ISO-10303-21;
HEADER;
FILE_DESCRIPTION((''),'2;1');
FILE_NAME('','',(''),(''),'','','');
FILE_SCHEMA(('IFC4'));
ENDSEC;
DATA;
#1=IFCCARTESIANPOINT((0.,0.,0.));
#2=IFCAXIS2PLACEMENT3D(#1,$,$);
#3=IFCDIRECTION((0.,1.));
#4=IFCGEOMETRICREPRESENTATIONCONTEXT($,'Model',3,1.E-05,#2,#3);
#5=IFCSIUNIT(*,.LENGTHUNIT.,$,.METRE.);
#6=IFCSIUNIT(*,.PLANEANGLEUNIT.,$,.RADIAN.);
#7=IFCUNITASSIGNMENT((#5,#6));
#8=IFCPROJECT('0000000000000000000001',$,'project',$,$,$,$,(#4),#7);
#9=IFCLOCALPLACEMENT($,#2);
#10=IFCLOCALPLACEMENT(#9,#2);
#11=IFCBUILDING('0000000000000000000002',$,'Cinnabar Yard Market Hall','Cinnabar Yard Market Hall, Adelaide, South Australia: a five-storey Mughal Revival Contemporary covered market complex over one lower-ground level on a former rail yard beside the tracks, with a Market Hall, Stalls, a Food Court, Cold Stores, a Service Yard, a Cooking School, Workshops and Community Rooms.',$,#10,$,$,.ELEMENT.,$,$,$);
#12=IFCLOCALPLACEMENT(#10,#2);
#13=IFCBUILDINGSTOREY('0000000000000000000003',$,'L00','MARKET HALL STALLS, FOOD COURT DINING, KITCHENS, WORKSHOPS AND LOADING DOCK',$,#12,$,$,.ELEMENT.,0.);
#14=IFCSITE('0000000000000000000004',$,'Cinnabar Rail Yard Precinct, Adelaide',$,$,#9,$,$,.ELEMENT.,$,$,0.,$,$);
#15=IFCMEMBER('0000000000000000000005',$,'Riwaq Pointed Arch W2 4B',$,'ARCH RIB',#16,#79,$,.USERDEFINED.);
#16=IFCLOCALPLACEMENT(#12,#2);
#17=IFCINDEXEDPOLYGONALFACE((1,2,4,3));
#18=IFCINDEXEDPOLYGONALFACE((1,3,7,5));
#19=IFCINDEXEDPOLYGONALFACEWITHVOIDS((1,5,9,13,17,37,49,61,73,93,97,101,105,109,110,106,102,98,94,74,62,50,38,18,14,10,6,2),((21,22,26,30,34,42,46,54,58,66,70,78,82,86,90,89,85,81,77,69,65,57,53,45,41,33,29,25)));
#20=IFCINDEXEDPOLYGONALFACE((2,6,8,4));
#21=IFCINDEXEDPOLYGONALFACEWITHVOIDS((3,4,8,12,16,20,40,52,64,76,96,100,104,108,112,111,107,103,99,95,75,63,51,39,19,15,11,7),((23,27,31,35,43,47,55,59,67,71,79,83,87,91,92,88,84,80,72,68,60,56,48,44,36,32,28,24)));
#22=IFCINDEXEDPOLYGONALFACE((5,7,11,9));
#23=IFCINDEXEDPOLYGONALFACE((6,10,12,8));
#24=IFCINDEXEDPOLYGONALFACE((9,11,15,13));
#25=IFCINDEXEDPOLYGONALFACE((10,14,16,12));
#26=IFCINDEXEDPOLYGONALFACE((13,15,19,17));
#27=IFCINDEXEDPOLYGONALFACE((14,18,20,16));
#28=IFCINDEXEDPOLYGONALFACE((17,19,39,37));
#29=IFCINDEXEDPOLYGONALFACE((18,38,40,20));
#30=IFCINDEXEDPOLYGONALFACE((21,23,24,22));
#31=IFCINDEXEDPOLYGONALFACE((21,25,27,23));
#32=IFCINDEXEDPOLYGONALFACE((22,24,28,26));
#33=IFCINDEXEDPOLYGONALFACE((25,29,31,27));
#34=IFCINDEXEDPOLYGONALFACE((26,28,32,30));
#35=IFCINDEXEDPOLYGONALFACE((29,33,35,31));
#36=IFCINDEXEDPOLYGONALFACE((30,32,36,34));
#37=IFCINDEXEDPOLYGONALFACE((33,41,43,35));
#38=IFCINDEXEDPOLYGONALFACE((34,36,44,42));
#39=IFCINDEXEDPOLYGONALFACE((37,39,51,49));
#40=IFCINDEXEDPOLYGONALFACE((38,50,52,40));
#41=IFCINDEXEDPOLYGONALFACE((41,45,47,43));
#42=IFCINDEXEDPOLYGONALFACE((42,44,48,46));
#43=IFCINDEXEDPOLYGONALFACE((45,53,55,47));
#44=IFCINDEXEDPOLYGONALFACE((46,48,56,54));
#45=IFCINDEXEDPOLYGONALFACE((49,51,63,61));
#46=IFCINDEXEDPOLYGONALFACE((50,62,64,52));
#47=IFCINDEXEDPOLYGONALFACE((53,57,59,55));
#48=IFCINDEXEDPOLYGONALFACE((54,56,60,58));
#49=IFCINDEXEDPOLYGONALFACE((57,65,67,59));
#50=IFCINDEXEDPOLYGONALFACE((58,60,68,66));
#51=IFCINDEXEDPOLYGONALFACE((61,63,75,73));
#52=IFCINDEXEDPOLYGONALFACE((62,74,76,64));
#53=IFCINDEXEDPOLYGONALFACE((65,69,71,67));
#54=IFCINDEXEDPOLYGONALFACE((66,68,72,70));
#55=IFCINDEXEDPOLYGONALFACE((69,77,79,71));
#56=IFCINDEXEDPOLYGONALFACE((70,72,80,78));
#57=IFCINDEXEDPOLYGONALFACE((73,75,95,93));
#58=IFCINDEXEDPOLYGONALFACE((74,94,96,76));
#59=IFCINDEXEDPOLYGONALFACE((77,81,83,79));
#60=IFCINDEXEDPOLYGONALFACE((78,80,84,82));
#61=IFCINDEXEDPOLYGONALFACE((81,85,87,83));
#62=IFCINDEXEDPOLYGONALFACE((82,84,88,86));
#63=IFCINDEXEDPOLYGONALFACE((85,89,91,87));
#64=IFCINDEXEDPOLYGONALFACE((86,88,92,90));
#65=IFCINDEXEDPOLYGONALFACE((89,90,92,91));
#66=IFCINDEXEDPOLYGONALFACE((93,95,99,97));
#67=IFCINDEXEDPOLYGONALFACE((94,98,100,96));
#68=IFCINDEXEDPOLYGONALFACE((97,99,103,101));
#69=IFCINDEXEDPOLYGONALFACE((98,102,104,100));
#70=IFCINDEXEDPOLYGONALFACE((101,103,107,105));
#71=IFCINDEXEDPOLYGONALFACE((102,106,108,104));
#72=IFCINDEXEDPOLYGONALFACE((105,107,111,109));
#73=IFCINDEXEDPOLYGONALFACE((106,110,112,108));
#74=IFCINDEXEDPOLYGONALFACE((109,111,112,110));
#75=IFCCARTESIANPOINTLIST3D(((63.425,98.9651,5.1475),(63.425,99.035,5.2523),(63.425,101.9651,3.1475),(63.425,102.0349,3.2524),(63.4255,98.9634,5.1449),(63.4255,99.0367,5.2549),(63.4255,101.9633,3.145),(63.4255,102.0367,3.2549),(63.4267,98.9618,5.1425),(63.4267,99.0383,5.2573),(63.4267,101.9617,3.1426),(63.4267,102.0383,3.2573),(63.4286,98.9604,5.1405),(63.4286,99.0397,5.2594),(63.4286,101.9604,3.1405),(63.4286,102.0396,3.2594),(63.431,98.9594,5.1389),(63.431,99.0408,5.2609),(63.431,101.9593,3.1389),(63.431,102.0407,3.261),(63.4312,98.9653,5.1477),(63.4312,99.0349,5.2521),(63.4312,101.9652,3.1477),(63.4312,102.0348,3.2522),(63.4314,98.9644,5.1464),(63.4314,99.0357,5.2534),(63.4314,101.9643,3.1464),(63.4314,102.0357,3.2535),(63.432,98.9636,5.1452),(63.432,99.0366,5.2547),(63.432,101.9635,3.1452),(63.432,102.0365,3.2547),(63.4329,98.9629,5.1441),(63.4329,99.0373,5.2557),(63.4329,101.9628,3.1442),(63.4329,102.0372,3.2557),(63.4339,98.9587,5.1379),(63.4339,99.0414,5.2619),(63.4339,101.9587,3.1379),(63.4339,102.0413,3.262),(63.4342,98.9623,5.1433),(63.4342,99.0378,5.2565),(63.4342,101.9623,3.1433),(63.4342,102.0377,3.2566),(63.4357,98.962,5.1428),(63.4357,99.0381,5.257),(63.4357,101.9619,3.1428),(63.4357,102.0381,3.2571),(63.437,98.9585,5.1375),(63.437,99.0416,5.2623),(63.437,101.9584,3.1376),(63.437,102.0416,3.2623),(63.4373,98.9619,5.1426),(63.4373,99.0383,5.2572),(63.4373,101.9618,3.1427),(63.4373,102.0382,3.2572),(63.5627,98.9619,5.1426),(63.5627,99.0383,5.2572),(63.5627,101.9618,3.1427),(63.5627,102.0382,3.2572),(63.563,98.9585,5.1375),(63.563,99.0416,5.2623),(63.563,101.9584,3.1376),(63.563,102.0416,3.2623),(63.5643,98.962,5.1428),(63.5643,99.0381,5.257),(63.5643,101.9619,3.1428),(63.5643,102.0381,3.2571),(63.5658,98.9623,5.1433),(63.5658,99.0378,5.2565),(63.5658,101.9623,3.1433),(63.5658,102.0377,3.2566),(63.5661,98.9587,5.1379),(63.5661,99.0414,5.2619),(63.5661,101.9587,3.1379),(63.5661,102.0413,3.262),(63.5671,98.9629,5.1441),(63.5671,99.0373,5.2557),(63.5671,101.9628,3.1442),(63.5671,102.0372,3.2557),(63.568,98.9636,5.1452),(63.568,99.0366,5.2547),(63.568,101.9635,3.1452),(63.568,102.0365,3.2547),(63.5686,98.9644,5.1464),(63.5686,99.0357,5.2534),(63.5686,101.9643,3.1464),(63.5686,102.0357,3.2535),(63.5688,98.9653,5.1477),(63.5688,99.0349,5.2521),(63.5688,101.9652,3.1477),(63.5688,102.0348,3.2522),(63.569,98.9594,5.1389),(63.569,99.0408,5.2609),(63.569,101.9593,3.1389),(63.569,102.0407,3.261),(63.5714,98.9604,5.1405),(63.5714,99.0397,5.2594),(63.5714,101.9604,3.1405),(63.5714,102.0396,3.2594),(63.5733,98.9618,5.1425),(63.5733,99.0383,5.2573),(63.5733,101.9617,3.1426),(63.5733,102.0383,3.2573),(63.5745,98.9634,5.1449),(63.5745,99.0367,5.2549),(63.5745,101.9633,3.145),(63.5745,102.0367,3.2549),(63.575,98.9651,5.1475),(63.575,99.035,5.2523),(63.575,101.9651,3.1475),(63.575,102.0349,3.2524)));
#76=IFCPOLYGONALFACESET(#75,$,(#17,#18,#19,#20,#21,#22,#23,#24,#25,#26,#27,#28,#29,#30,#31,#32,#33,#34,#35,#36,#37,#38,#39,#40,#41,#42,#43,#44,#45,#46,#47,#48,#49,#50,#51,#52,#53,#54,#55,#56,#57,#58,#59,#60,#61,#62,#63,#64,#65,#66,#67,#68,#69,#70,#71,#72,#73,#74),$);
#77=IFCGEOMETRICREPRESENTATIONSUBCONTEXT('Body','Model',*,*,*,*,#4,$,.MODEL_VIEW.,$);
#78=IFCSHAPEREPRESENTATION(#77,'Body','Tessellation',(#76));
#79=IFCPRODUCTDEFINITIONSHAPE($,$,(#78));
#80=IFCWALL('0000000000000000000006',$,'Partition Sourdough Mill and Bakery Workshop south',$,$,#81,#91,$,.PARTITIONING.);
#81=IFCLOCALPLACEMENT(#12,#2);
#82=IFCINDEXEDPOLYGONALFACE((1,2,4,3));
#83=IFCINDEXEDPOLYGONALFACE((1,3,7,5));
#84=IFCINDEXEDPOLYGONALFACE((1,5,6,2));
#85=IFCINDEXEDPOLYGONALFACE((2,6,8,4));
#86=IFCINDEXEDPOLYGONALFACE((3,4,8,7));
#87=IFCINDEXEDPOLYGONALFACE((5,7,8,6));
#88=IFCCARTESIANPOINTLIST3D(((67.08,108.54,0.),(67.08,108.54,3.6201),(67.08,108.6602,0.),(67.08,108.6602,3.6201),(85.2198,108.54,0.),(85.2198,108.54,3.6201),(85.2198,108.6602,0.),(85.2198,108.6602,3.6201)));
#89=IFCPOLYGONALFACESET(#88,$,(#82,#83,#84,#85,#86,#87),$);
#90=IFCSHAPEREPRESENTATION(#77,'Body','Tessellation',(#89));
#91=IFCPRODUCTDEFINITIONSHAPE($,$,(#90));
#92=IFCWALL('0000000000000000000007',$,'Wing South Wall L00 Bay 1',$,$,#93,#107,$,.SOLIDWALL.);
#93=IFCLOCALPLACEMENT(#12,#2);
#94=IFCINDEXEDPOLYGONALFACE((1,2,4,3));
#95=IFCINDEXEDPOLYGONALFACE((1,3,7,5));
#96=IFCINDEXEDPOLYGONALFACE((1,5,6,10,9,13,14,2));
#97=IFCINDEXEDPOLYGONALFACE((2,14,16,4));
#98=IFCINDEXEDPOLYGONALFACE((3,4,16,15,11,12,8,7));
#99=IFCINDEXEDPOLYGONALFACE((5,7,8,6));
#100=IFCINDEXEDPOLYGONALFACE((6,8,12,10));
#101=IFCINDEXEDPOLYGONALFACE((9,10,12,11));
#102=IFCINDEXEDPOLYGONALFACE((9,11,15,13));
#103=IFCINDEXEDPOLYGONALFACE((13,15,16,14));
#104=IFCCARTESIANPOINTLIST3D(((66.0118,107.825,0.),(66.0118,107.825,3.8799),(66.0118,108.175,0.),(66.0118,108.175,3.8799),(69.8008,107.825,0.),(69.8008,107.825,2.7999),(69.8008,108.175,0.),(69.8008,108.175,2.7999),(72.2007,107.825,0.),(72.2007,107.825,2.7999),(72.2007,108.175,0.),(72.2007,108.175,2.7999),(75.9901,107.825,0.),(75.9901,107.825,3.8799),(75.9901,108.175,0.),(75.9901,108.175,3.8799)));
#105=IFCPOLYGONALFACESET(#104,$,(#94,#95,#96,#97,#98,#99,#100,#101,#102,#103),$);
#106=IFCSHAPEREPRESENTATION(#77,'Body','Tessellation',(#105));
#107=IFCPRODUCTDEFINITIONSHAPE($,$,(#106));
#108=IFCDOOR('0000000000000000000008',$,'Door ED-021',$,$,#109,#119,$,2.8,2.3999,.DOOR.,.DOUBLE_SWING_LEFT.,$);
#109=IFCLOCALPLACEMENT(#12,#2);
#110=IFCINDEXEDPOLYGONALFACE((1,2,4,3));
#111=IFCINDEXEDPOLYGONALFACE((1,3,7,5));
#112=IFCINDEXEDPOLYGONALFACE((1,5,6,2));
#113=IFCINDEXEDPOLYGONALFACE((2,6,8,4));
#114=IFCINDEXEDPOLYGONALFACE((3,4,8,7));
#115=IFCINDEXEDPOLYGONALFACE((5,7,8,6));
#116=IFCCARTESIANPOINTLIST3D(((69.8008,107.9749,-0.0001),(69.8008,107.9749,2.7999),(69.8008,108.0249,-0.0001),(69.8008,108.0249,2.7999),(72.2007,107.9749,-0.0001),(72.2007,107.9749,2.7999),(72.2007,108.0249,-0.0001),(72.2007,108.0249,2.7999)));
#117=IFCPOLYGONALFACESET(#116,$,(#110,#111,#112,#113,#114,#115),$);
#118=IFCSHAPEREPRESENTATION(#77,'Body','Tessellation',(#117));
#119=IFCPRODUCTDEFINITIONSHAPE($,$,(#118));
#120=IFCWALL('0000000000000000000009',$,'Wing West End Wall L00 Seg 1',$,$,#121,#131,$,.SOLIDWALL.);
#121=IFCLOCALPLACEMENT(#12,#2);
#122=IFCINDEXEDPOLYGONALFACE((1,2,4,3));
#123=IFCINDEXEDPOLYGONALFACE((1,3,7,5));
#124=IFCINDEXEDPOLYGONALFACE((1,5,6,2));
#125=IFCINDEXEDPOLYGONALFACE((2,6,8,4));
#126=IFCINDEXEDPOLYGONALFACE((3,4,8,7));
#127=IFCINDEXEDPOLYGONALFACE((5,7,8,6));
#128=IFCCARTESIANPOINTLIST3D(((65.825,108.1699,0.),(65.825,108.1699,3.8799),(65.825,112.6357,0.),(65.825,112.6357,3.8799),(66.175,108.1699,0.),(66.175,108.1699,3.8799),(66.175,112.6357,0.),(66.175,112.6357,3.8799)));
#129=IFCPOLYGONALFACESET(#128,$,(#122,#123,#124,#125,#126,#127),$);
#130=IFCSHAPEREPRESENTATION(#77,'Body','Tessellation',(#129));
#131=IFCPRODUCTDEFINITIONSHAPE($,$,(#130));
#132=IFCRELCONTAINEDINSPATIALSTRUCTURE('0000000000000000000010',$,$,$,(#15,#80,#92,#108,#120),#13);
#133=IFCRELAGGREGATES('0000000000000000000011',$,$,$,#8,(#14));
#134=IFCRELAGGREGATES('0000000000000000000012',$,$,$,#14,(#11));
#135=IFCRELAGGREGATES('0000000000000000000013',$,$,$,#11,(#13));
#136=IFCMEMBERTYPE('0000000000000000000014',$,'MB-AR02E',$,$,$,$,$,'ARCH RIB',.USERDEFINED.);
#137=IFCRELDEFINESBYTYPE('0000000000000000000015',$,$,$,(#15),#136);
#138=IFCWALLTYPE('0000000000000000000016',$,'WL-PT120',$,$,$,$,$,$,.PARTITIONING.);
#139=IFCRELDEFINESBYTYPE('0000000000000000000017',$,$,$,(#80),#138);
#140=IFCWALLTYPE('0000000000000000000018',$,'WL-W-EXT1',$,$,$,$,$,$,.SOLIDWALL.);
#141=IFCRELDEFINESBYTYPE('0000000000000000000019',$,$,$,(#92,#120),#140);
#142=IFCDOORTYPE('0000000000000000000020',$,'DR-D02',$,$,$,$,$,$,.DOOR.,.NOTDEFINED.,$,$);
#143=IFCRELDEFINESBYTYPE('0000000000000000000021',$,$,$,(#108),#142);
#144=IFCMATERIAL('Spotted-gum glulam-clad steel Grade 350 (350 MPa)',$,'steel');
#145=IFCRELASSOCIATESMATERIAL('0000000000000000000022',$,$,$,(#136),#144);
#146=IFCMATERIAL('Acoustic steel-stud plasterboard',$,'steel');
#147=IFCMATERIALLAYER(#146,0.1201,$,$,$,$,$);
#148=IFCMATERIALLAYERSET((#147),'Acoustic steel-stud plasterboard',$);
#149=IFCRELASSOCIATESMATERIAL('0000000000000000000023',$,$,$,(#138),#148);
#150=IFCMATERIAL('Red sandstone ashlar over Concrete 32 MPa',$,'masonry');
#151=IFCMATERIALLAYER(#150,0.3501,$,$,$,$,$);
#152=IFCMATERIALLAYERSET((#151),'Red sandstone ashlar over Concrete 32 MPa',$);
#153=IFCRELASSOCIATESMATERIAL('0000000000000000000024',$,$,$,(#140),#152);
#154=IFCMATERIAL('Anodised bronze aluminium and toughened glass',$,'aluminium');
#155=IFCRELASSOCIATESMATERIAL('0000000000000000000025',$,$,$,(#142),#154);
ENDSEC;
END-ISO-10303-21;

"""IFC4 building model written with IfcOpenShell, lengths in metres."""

from ifc_helpers import new_model, si_unit, direction, frame, frame_2d, origin, origin_2d_with_axis, place, context, subcontext, project, spatial, rectangle, hollow_rectangle, extrude, material, layer, layer_set, material_profile, profile_set, type_object, element, fill, save


model = new_model("IFC4")

# Units and contexts
model_context = context("Model", 3, precision=1e-05, world=origin(), true_north=direction((0.0, 1.0)))
body_context = subcontext(model_context, "Body", "Model", "MODEL_VIEW")
ifc_project = project(units=[si_unit("LENGTHUNIT", "METRE"), si_unit("PLANEANGLEUNIT", "RADIAN")], contexts=[model_context])

# Site, building, storey
site_placement = place(None, origin())
site = spatial("IfcSite", under=ifc_project, at=site_placement, Name="Cinnabar Rail Yard Precinct, Adelaide", CompositionType="ELEMENT", RefElevation=0.0)
building_placement = place(site_placement, origin())
building = spatial("IfcBuilding", under=site, at=building_placement, Name="Cinnabar Yard Market Hall", Description="Cinnabar Yard Market Hall, Adelaide, South Australia: a five-storey Mughal Revival Contemporary covered market complex over one lower-ground level on a former rail yard beside the tracks, with a Market Hall, Stalls, a Food Court, Cold Stores, a Service Yard, a Cooking School, Workshops and Community Rooms.", CompositionType="ELEMENT")
storey_placement = place(building_placement, origin())
storey = spatial("IfcBuildingStorey", under=building, at=storey_placement, Name="L00", Description="MARKET HALL STALLS, FOOD COURT DINING, KITCHENS, WORKSHOPS AND LOADING DOCK", CompositionType="ELEMENT", Elevation=0.0)

# Shared definitions
ifc_material_1 = material(Name="Spotted-gum glulam-clad steel Grade 350 (350 MPa)", Category="steel")

# Member
ifc_material_profile_1 = material_profile(ifc_material_1, hollow_rectangle(XDim=0.1499, YDim=0.1499, WallThickness=0.0061, InnerFilletRadius=0.0061, OuterFilletRadius=0.012, at=origin_2d_with_axis()), Name="150x150x6.0SHS")
ifc_profile_set_1 = profile_set([ifc_material_profile_1], Name="Spotted-gum glulam-clad steel Grade 350 (350 MPa)")
member_type = type_object("IfcMemberType", Name="MB-AR02E", ElementType="ARCH RIB", PredefinedType="USERDEFINED", material=ifc_profile_set_1)
for number, where, z_axis, x_axis, name in (
    (1, (63.5, 102.0, 3.2), (0.0, -0.83205, 0.5547), (1.0, 0.0, 0.0), "Riwaq Pointed Arch W2 4B"),
):
    element("IfcMember", number, at=place(storey_placement, frame(where, z_axis=z_axis, x_axis=x_axis)), inside=storey, type_object=member_type, Name=name, ObjectType="ARCH RIB", PredefinedType="USERDEFINED", context=body_context, shape_type="SweptSolid", body=[
        extrude(hollow_rectangle(XDim=0.1499, YDim=0.1499, WallThickness=0.0061, InnerFilletRadius=0.0061, OuterFilletRadius=0.012, at=origin_2d_with_axis()), origin(), (0.0, 0.0, 1.0), 3.6055),
    ])

# Wall
ifc_material_2 = material(Name="Acoustic steel-stud plasterboard", Category="steel")
ifc_layer_1 = layer(ifc_material_2, 0.1201)
ifc_layer_set_1 = layer_set([ifc_layer_1], Name="Acoustic steel-stud plasterboard")
wall_type_1 = type_object("IfcWallType", Name="WL-PT120", PredefinedType="PARTITIONING", material=ifc_layer_set_1)
wall_1_placement = place(storey_placement, frame((67.0801, 108.6001, 0.0), z_axis=(0.0, 0.0, 1.0), x_axis=(1.0, 0.0, 0.0)))
element("IfcWall", 2, at=wall_1_placement, inside=storey, type_object=wall_type_1, Name="Partition Sourdough Mill and Bakery Workshop south", PredefinedType="PARTITIONING", context=body_context, shape_type="SweptSolid", body=[
    extrude(rectangle(XDim=18.1399, YDim=0.1201, at=frame_2d((9.0698, 0.0), x_axis=(1.0, 0.0))), origin(), (0.0, 0.0, 1.0), 3.6201),
])

# Wall, opening, door
ifc_material_3 = material(Name="Red sandstone ashlar over Concrete 32 MPa", Category="masonry")
ifc_layer_2 = layer(ifc_material_3, 0.3501)
ifc_layer_set_2 = layer_set([ifc_layer_2], Name="Red sandstone ashlar over Concrete 32 MPa")
wall_type_2 = type_object("IfcWallType", Name="WL-W-EXT1", PredefinedType="SOLIDWALL", material=ifc_layer_set_2)
wall_2_placement = place(storey_placement, frame((66.0117, 108.0, 0.0), z_axis=(0.0, 0.0, 1.0), x_axis=(1.0, 0.0, 0.0)))
wall_2 = element("IfcWall", 3, at=wall_2_placement, inside=storey, type_object=wall_type_2, Name="Wing South Wall L00 Bay 1", PredefinedType="SOLIDWALL", context=body_context, shape_type="SweptSolid", body=[
    extrude(rectangle(XDim=9.9783, YDim=0.3501, at=frame_2d((4.9893, 0.0), x_axis=(1.0, 0.0))), origin(), (0.0, 0.0, 1.0), 3.8799),
])
opening_placement = place(wall_2_placement, frame((3.7891, 0.0, 0.0)))
opening = element("IfcOpeningElement", 4, at=opening_placement, cuts=wall_2, PredefinedType="OPENING", context=body_context, shape_type="SweptSolid", body=[
    extrude(rectangle(XDim=2.3999, YDim=2.8, at=frame_2d((1.2, 1.3999), x_axis=(1.0, 0.0))), frame((0.0, 0.1851, 0.0), z_axis=(0.0, -1.0, 0.0), x_axis=(1.0, 0.0, 0.0)), (0.0, 0.0, 1.0), 0.3701),
])
ifc_material_4 = material(Name="Anodised bronze aluminium and toughened glass", Category="aluminium")
door_type = type_object("IfcDoorType", Name="DR-D02", OperationType="NOTDEFINED", PredefinedType="DOOR", material=ifc_material_4)
door_placement = place(opening_placement, origin())
door = element("IfcDoor", 5, at=door_placement, inside=storey, type_object=door_type, Name="Door ED-021", OperationType="DOUBLE_SWING_LEFT", OverallHeight=2.8, OverallWidth=2.3999, PredefinedType="DOOR", context=body_context, shape_type="SweptSolid", body=[
    extrude(rectangle(XDim=2.3999, YDim=2.8, at=frame_2d((1.2, 1.3999), x_axis=(1.0, 0.0))), frame((0.0, 0.0249, 0.0), z_axis=(0.0, -1.0, 0.0), x_axis=(1.0, 0.0, 0.0)), (0.0, 0.0, 1.0), 0.05),
])
fill(opening, door)

# Wall
wall_3_placement = place(storey_placement, frame((66.0, 112.6357, 0.0), z_axis=(0.0, 0.0, 1.0), x_axis=(0.0, -1.0, 0.0)))
element("IfcWall", 6, at=wall_3_placement, inside=storey, type_object=wall_type_2, Name="Wing West End Wall L00 Seg 1", PredefinedType="SOLIDWALL", context=body_context, shape_type="SweptSolid", body=[
    extrude(rectangle(XDim=4.4658, YDim=0.3501, at=frame_2d((2.2329, 0.0), x_axis=(1.0, 0.0))), origin(), (0.0, 0.0, 1.0), 3.8799),
])

save(model, "model.ifc")
